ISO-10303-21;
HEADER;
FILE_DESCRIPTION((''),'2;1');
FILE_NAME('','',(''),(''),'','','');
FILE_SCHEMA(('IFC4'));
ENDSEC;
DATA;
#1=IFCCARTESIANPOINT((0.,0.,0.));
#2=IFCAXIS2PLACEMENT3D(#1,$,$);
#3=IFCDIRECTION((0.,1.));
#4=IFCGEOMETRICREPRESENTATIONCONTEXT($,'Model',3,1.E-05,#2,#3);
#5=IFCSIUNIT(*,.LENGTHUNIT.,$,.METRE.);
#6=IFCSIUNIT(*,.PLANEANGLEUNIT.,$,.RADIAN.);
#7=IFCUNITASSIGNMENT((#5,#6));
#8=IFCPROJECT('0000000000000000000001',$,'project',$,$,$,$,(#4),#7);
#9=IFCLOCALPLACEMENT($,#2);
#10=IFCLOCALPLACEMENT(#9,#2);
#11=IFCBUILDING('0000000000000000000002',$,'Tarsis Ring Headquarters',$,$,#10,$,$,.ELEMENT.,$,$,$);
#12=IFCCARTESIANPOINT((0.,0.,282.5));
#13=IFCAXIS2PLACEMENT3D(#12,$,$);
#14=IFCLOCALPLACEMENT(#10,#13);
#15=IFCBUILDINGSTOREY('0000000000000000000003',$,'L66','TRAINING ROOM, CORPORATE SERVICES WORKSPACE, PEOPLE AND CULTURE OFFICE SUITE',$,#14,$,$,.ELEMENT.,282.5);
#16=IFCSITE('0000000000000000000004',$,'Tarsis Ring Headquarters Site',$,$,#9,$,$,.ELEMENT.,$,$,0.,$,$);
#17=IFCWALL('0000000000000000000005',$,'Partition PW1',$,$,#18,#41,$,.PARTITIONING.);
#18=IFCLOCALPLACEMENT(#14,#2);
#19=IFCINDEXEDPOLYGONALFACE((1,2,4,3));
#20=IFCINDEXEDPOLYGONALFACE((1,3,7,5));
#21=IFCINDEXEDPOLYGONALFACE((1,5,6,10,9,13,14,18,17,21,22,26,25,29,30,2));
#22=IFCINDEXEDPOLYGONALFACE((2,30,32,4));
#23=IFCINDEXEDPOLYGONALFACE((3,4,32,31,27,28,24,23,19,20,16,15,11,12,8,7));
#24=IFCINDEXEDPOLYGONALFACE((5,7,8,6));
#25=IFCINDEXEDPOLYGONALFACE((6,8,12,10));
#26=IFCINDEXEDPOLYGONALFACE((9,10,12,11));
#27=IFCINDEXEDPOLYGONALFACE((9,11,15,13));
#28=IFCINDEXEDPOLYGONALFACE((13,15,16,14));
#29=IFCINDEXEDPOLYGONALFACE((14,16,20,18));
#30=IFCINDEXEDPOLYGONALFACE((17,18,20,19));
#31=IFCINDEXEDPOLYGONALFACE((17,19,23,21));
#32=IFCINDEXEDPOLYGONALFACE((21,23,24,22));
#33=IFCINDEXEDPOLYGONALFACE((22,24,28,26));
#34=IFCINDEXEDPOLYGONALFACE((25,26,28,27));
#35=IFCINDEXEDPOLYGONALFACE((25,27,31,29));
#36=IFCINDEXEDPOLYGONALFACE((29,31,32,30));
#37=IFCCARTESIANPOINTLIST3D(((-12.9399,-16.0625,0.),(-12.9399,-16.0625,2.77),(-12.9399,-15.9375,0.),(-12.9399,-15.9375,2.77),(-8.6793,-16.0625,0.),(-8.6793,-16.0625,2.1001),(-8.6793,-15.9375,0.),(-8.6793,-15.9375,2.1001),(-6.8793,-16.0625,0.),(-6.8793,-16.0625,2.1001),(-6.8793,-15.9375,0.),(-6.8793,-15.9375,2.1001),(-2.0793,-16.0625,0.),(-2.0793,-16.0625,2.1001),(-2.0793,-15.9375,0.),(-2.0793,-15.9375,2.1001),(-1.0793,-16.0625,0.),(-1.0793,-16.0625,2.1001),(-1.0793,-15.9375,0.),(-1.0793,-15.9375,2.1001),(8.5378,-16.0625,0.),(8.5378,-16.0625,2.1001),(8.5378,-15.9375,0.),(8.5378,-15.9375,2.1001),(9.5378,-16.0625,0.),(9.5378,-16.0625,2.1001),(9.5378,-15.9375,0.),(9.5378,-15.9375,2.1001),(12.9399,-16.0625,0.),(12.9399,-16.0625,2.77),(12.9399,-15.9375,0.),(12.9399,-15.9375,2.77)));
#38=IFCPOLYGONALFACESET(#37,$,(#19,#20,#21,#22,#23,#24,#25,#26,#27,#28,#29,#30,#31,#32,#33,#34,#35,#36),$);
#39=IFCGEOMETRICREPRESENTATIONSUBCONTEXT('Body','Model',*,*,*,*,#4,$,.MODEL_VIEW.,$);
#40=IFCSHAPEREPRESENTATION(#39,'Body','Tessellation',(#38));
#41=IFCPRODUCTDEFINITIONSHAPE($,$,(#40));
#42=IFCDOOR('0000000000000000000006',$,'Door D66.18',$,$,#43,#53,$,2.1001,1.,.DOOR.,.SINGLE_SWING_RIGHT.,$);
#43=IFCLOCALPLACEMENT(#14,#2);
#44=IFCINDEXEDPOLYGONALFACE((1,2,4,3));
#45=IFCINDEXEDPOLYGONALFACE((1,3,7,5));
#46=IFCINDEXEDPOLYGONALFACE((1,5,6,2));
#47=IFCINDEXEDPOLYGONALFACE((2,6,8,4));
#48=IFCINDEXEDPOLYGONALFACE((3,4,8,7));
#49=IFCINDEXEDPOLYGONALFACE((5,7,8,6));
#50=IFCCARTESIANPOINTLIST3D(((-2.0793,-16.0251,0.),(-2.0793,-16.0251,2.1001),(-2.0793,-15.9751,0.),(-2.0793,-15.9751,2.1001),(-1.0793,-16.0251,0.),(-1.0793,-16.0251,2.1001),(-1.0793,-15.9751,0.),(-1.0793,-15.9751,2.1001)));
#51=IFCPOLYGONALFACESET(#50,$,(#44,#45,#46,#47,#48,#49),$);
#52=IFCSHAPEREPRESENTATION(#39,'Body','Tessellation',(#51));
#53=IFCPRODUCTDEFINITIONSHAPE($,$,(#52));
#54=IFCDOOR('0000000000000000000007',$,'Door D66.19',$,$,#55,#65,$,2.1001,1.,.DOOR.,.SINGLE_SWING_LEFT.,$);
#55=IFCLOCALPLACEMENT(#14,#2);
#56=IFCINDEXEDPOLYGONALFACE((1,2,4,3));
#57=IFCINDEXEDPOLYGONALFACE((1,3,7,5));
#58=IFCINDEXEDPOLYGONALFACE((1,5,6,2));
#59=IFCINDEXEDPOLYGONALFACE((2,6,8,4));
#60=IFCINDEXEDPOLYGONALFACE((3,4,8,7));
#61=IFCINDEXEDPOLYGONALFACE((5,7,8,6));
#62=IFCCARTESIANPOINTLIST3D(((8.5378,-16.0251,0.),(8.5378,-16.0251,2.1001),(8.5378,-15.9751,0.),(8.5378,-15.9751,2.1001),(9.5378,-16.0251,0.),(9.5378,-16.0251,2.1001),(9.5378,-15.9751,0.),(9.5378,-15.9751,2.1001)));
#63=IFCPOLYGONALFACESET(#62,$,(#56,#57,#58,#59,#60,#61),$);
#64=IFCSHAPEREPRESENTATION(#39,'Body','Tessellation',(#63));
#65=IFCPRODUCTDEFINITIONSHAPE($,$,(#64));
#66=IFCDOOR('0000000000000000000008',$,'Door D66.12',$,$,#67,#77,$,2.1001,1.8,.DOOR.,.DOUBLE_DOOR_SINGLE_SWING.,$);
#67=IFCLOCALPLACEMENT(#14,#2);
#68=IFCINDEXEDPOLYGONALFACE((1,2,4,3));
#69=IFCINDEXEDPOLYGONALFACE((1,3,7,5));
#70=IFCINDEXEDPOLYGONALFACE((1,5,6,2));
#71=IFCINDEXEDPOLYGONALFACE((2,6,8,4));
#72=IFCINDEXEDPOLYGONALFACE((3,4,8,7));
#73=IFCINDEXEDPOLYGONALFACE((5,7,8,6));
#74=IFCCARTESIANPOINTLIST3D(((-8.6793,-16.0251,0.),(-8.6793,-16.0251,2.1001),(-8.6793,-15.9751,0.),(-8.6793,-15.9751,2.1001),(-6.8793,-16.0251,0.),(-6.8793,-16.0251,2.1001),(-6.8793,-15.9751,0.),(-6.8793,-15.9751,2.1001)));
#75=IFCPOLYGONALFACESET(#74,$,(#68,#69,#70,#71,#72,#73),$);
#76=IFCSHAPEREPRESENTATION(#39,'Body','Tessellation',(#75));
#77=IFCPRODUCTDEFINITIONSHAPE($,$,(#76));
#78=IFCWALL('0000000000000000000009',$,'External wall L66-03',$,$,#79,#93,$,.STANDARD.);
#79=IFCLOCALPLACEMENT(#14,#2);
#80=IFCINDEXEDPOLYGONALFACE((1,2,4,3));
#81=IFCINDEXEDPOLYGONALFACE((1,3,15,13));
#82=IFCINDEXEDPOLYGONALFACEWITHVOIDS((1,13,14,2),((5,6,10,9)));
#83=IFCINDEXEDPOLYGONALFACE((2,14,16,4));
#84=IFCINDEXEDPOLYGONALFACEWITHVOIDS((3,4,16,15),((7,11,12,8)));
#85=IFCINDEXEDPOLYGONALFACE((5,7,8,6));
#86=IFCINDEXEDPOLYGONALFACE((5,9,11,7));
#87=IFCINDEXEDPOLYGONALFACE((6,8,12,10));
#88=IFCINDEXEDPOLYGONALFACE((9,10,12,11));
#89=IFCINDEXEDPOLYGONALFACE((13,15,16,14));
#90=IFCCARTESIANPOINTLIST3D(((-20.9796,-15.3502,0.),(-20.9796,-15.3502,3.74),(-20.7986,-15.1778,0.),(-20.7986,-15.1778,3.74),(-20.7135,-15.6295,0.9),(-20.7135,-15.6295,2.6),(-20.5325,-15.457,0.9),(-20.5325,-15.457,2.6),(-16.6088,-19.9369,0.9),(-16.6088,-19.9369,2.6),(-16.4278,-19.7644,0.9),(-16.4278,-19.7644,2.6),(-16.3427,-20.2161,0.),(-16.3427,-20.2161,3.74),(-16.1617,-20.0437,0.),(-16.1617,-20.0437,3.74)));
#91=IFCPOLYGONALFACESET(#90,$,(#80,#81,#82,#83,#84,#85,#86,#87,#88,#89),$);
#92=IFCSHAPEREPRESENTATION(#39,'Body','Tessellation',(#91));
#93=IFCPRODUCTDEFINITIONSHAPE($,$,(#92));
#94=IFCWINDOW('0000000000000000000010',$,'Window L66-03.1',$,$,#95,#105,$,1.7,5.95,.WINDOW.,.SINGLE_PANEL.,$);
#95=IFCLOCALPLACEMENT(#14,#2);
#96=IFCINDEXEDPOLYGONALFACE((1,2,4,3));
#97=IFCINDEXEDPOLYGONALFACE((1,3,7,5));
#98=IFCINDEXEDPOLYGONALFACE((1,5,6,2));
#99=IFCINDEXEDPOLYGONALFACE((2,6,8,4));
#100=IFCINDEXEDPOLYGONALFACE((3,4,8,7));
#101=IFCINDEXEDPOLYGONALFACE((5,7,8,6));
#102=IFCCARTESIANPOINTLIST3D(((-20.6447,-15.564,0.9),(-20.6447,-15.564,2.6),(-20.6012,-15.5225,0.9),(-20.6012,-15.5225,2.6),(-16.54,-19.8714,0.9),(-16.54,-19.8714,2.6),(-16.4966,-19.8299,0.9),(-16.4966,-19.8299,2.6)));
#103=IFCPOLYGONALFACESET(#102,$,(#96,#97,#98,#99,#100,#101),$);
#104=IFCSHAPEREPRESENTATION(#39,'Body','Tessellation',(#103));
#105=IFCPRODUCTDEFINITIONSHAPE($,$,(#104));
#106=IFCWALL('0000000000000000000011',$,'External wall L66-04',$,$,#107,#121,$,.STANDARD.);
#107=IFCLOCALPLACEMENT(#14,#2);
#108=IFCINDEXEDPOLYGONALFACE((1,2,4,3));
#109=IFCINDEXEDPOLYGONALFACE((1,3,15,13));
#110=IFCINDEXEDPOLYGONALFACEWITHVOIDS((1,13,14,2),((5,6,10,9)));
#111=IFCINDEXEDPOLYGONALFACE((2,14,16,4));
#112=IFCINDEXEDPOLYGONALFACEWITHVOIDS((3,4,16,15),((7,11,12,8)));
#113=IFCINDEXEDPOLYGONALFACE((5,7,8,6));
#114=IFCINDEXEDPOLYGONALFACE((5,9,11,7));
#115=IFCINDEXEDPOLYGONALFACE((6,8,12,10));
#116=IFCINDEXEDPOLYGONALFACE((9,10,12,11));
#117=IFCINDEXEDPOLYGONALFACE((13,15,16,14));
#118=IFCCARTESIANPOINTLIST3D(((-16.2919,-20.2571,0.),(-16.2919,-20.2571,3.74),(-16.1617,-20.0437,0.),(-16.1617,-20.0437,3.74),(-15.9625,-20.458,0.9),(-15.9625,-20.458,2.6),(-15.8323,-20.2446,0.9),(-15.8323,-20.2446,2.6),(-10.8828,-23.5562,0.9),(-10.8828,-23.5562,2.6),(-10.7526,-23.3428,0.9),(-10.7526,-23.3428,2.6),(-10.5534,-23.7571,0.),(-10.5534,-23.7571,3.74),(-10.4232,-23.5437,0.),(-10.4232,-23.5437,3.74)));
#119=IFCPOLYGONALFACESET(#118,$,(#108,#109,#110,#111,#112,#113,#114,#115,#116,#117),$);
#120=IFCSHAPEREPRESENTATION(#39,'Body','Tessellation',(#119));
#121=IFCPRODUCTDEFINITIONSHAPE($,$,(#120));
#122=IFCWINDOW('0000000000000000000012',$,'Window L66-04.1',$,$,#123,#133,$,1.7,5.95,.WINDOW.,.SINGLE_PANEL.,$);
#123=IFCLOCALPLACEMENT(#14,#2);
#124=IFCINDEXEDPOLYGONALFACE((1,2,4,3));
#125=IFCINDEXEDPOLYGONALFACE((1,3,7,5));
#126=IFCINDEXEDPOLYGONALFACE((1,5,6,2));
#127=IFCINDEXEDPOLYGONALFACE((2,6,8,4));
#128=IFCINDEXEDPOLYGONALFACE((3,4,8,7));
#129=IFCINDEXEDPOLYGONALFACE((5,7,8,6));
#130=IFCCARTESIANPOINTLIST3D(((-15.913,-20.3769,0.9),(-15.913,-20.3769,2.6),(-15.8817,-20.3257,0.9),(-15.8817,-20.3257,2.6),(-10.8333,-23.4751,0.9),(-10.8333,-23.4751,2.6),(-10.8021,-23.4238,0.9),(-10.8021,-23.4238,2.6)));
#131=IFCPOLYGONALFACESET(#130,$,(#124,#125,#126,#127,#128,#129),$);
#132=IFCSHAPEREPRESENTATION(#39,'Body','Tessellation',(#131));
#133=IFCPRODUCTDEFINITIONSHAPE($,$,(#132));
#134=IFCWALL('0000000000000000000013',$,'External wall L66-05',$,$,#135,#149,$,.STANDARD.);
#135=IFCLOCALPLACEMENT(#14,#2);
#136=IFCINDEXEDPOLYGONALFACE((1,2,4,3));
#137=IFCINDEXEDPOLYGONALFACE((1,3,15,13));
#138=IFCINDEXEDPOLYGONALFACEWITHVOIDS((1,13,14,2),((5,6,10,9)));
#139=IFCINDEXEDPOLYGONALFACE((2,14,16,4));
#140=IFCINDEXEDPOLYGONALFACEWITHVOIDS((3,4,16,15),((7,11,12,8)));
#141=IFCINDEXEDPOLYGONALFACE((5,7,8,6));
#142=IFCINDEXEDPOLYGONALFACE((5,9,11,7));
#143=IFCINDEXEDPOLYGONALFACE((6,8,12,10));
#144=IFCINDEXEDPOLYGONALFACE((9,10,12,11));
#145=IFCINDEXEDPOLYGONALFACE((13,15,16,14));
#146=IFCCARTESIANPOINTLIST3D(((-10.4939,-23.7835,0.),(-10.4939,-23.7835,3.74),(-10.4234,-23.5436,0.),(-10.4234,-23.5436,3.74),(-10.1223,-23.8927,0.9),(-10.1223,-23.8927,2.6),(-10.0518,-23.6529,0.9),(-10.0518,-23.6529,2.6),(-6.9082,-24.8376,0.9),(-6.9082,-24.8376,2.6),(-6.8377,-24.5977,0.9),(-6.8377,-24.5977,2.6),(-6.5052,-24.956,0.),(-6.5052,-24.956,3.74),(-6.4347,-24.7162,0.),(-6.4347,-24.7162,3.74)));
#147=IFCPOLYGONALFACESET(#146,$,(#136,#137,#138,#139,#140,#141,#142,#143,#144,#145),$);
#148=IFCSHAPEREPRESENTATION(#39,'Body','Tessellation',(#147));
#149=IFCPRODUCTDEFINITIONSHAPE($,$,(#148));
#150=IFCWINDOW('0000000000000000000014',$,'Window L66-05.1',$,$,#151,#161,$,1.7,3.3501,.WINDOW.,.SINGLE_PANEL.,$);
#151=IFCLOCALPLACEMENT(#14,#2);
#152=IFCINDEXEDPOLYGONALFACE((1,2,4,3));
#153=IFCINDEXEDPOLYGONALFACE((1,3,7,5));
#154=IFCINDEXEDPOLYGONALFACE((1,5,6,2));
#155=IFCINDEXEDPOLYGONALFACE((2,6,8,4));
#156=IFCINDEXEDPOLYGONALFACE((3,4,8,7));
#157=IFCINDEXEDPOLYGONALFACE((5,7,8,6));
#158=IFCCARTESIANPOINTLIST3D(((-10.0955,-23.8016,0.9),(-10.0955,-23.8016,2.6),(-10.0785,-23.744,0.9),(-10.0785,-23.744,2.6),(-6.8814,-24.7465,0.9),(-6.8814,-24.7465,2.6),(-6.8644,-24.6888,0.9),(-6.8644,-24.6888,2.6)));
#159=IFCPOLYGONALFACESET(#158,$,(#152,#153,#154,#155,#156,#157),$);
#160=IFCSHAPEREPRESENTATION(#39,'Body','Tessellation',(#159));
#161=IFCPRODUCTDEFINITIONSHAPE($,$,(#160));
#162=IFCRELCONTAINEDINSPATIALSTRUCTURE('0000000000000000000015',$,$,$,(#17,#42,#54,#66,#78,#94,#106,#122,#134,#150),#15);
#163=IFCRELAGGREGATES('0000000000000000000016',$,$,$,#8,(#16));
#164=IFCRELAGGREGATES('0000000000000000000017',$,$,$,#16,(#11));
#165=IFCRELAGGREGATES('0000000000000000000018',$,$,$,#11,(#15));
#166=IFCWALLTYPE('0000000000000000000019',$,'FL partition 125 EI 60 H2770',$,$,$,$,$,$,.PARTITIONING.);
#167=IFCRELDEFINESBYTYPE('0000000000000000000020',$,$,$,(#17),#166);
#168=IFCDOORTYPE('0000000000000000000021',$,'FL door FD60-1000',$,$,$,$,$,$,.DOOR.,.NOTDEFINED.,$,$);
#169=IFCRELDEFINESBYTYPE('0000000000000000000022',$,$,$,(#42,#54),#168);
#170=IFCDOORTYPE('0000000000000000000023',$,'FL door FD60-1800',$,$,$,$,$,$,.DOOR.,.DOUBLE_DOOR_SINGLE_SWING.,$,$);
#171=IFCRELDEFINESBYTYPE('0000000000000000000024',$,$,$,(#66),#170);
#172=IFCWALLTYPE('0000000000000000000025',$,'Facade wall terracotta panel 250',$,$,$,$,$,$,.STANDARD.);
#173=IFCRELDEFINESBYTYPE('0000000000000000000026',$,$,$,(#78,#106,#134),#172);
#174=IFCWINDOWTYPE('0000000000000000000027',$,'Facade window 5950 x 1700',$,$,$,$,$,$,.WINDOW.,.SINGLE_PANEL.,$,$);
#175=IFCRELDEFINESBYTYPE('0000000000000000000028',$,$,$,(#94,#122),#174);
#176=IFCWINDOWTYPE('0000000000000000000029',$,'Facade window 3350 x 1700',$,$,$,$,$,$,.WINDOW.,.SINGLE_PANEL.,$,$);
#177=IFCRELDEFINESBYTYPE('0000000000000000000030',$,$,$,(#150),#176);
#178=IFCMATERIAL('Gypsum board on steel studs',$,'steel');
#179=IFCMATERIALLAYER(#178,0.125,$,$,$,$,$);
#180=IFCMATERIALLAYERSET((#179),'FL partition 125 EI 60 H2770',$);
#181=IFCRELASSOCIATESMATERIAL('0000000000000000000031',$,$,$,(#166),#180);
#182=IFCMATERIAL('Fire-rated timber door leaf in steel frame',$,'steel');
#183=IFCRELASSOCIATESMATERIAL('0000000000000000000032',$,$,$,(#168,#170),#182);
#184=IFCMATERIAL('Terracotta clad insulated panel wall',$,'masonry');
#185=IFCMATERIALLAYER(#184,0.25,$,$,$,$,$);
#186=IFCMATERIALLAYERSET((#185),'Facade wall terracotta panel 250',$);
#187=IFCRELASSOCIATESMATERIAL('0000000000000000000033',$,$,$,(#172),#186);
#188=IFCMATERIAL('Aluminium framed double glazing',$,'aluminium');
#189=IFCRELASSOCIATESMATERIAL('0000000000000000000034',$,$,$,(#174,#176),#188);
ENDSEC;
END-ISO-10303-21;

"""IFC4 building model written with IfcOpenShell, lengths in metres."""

from ifc_helpers import new_model, si_unit, direction, frame, frame_2d, origin, place, context, subcontext, project, spatial, rectangle, extrude, material, layer, layer_set, type_object, element, fill, save


model = new_model("IFC4")

# Units and contexts
model_context = context("Model", 3, precision=1e-05, world=origin(), true_north=direction((0.0, 1.0)))
body_context = subcontext(model_context, "Body", "Model", "MODEL_VIEW")
ifc_project = project(units=[si_unit("LENGTHUNIT", "METRE"), si_unit("PLANEANGLEUNIT", "RADIAN")], contexts=[model_context])

# Site, building, storey
site_placement = place(None, origin())
site = spatial("IfcSite", under=ifc_project, at=site_placement, Name="Tarsis Ring Headquarters Site", CompositionType="ELEMENT", RefElevation=0.0)
building_placement = place(site_placement, origin())
building = spatial("IfcBuilding", under=site, at=building_placement, Name="Tarsis Ring Headquarters", CompositionType="ELEMENT")
storey_placement = place(building_placement, frame((0.0, 0.0, 282.5)))
storey = spatial("IfcBuildingStorey", under=building, at=storey_placement, Name="L66", Description="TRAINING ROOM, CORPORATE SERVICES WORKSPACE, PEOPLE AND CULTURE OFFICE SUITE", CompositionType="ELEMENT", Elevation=282.5)

# Shared definitions
ifc_material_1 = material(Name="Gypsum board on steel studs", Category="steel")

# Wall, openings, doors
ifc_layer_1 = layer(ifc_material_1, 0.125)
ifc_layer_set_1 = layer_set([ifc_layer_1], Name="FL partition 125 EI 60 H2770")
wall_type_1 = type_object("IfcWallType", Name="FL partition 125 EI 60 H2770", PredefinedType="PARTITIONING", material=ifc_layer_set_1)
ifc_material_2 = material(Name="Fire-rated timber door leaf in steel frame", Category="steel")
door_type_1 = type_object("IfcDoorType", Name="FL door FD60-1000", OperationType="NOTDEFINED", PredefinedType="DOOR", material=ifc_material_2)
door_type_2 = type_object("IfcDoorType", Name="FL door FD60-1800", OperationType="DOUBLE_DOOR_SINGLE_SWING", PredefinedType="DOOR", material=ifc_material_2)
wall_1_placement = place(storey_placement, frame((-12.9399, -16.0, 0.0), z_axis=(0.0, 0.0, 1.0), x_axis=(1.0, 0.0, 0.0)))
wall_1 = element("IfcWall", 1, at=wall_1_placement, inside=storey, type_object=wall_type_1, Name="Partition PW1", PredefinedType="PARTITIONING", context=body_context, shape_type="SweptSolid", body=[
    extrude(rectangle(XDim=25.8799, YDim=0.125, at=frame_2d((12.9399, 0.0))), origin(), (0.0, 0.0, 1.0), 2.77),
])
opening_1_placement = place(wall_1_placement, frame((4.2607, 0.0, 0.0)))
opening_1 = element("IfcOpeningElement", 2, at=opening_1_placement, cuts=wall_1, PredefinedType="OPENING", context=body_context, shape_type="SweptSolid", body=[
    extrude(rectangle(XDim=1.8, YDim=2.1001, at=frame_2d((0.8999, 1.05))), frame((0.0, 0.0725, 0.0), z_axis=(0.0, -1.0, 0.0), x_axis=(1.0, 0.0, 0.0)), (0.0, 0.0, 1.0), 0.145),
])
opening_2_placement = place(wall_1_placement, frame((10.8606, 0.0, 0.0)))
opening_2 = element("IfcOpeningElement", 3, at=opening_2_placement, cuts=wall_1, PredefinedType="OPENING", context=body_context, shape_type="SweptSolid", body=[
    extrude(rectangle(XDim=1.0, YDim=2.1001, at=frame_2d((0.5, 1.05))), frame((0.0, 0.0725, 0.0), z_axis=(0.0, -1.0, 0.0), x_axis=(1.0, 0.0, 0.0)), (0.0, 0.0, 1.0), 0.145),
])
opening_3_placement = place(wall_1_placement, frame((21.4778, 0.0, 0.0)))
opening_3 = element("IfcOpeningElement", 4, at=opening_3_placement, cuts=wall_1, PredefinedType="OPENING", context=body_context, shape_type="SweptSolid", body=[
    extrude(rectangle(XDim=1.0, YDim=2.1001, at=frame_2d((0.5, 1.05))), frame((0.0, 0.0725, 0.0), z_axis=(0.0, -1.0, 0.0), x_axis=(1.0, 0.0, 0.0)), (0.0, 0.0, 1.0), 0.145),
])
door_1_placement = place(opening_2_placement, origin())
door_1 = element("IfcDoor", 5, at=door_1_placement, inside=storey, type_object=door_type_1, Name="Door D66.18", OperationType="SINGLE_SWING_RIGHT", OverallHeight=2.1001, OverallWidth=1.0, PredefinedType="DOOR", context=body_context, shape_type="SweptSolid", body=[
    extrude(rectangle(XDim=1.0, YDim=2.1001, at=frame_2d((0.5, 1.05))), frame((0.0, 0.0249, 0.0), z_axis=(0.0, -1.0, 0.0), x_axis=(1.0, 0.0, 0.0)), (0.0, 0.0, 1.0), 0.05),
])
fill(opening_2, door_1)
door_2_placement = place(opening_3_placement, origin())
door_2 = element("IfcDoor", 6, at=door_2_placement, inside=storey, type_object=door_type_1, Name="Door D66.19", OperationType="SINGLE_SWING_LEFT", OverallHeight=2.1001, OverallWidth=1.0, PredefinedType="DOOR", context=body_context, shape_type="SweptSolid", body=[
    extrude(rectangle(XDim=1.0, YDim=2.1001, at=frame_2d((0.5, 1.05))), frame((0.0, 0.0249, 0.0), z_axis=(0.0, -1.0, 0.0), x_axis=(1.0, 0.0, 0.0)), (0.0, 0.0, 1.0), 0.05),
])
fill(opening_3, door_2)
door_3_placement = place(opening_1_placement, origin())
door_3 = element("IfcDoor", 7, at=door_3_placement, inside=storey, type_object=door_type_2, Name="Door D66.12", OperationType="DOUBLE_DOOR_SINGLE_SWING", OverallHeight=2.1001, OverallWidth=1.8, PredefinedType="DOOR", context=body_context, shape_type="SweptSolid", body=[
    extrude(rectangle(XDim=1.8, YDim=2.1001, at=frame_2d((0.8999, 1.05))), frame((0.0, 0.0249, 0.0), z_axis=(0.0, -1.0, 0.0), x_axis=(1.0, 0.0, 0.0)), (0.0, 0.0, 1.0), 0.05),
])
fill(opening_1, door_3)

# Walls, openings, windows
ifc_material_3 = material(Name="Terracotta clad insulated panel wall", Category="masonry")
ifc_layer_2 = layer(ifc_material_3, 0.25)
ifc_layer_set_2 = layer_set([ifc_layer_2], Name="Facade wall terracotta panel 250")
wall_type_2 = type_object("IfcWallType", Name="Facade wall terracotta panel 250", PredefinedType="STANDARD", material=ifc_layer_set_2)
wall_2_placement = place(storey_placement, frame((-20.8892, -15.2639, 0.0), z_axis=(0.0, 0.0, 1.0), x_axis=(0.689866, -0.723937, 0.0)))
wall_2 = element("IfcWall", 8, at=wall_2_placement, inside=storey, type_object=wall_type_2, Name="External wall L66-03", PredefinedType="STANDARD", context=body_context, shape_type="SweptSolid", body=[
    extrude(rectangle(XDim=6.7214, YDim=0.25, at=frame_2d((3.3608, 0.0))), origin(), (0.0, 0.0, 1.0), 3.74),
])
opening_4_placement = place(wall_2_placement, frame((0.3857, 0.0, 0.8999)))
opening_4 = element("IfcOpeningElement", 9, at=opening_4_placement, cuts=wall_2, PredefinedType="OPENING", context=body_context, shape_type="SweptSolid", body=[
    extrude(rectangle(XDim=5.95, YDim=1.7, at=frame_2d((2.9751, 0.8501))), frame((0.0, 0.135, 0.0), z_axis=(0.0, -1.0, 0.0), x_axis=(1.0, 0.0, 0.0)), (0.0, 0.0, 1.0), 0.27),
])
ifc_material_4 = material(Name="Aluminium framed double glazing", Category="aluminium")
window_type_1 = type_object("IfcWindowType", Name="Facade window 5950 x 1700", PartitioningType="SINGLE_PANEL", PredefinedType="WINDOW", material=ifc_material_4)
window_1_placement = place(opening_4_placement, origin())
window_1 = element("IfcWindow", 10, at=window_1_placement, inside=storey, type_object=window_type_1, Name="Window L66-03.1", OverallHeight=1.7, OverallWidth=5.95, PartitioningType="SINGLE_PANEL", PredefinedType="WINDOW", context=body_context, shape_type="SweptSolid", body=[
    extrude(rectangle(XDim=5.95, YDim=1.7, at=frame_2d((2.9751, 0.8501))), frame((0.0, 0.03, 0.0), z_axis=(0.0, -1.0, 0.0), x_axis=(1.0, 0.0, 0.0)), (0.0, 0.0, 1.0), 0.0601),
])
fill(opening_4, window_1)
wall_3_placement = place(storey_placement, frame((-16.2268, -20.1504, 0.0), z_axis=(0.0, 0.0, 1.0), x_axis=(0.853737, -0.520705, 0.0)))
wall_3 = element("IfcWall", 11, at=wall_3_placement, inside=storey, type_object=wall_type_2, Name="External wall L66-04", PredefinedType="STANDARD", context=body_context, shape_type="SweptSolid", body=[
    extrude(rectangle(XDim=6.7217, YDim=0.25, at=frame_2d((3.3608, 0.0))), origin(), (0.0, 0.0, 1.0), 3.74),
])
opening_5_placement = place(wall_3_placement, frame((0.3857, 0.0, 0.8999)))
opening_5 = element("IfcOpeningElement", 12, at=opening_5_placement, cuts=wall_3, PredefinedType="OPENING", context=body_context, shape_type="SweptSolid", body=[
    extrude(rectangle(XDim=5.95, YDim=1.7, at=frame_2d((2.9751, 0.8501))), frame((0.0, 0.135, 0.0), z_axis=(0.0, -1.0, 0.0), x_axis=(1.0, 0.0, 0.0)), (0.0, 0.0, 1.0), 0.27),
])
window_2_placement = place(opening_5_placement, origin())
window_2 = element("IfcWindow", 13, at=window_2_placement, inside=storey, type_object=window_type_1, Name="Window L66-04.1", OverallHeight=1.7, OverallWidth=5.95, PartitioningType="SINGLE_PANEL", PredefinedType="WINDOW", context=body_context, shape_type="SweptSolid", body=[
    extrude(rectangle(XDim=5.95, YDim=1.7, at=frame_2d((2.9751, 0.8501))), frame((0.0, 0.03, 0.0), z_axis=(0.0, -1.0, 0.0), x_axis=(1.0, 0.0, 0.0)), (0.0, 0.0, 1.0), 0.0601),
])
fill(opening_5, window_2)
wall_4_placement = place(storey_placement, frame((-10.4585, -23.6636, 0.0), z_axis=(0.0, 0.0, 1.0), x_axis=(0.959402, -0.282042, 0.0)))
wall_4 = element("IfcWall", 14, at=wall_4_placement, inside=storey, type_object=wall_type_2, Name="External wall L66-05", PredefinedType="STANDARD", context=body_context, shape_type="SweptSolid", body=[
    extrude(rectangle(XDim=4.1575, YDim=0.25, at=frame_2d((2.0786, 0.0))), origin(), (0.0, 0.0, 1.0), 3.74),
])
opening_6_placement = place(wall_4_placement, frame((0.3872, 0.0, 0.8999)))
opening_6 = element("IfcOpeningElement", 15, at=opening_6_placement, cuts=wall_4, PredefinedType="OPENING", context=body_context, shape_type="SweptSolid", body=[
    extrude(rectangle(XDim=3.3501, YDim=1.7, at=frame_2d((1.675, 0.8501))), frame((0.0, 0.135, 0.0), z_axis=(0.0, -1.0, 0.0), x_axis=(1.0, 0.0, 0.0)), (0.0, 0.0, 1.0), 0.27),
])
window_type_2 = type_object("IfcWindowType", Name="Facade window 3350 x 1700", PartitioningType="SINGLE_PANEL", PredefinedType="WINDOW", material=ifc_material_4)
window_3_placement = place(opening_6_placement, origin())
window_3 = element("IfcWindow", 16, at=window_3_placement, inside=storey, type_object=window_type_2, Name="Window L66-05.1", OverallHeight=1.7, OverallWidth=3.3501, PartitioningType="SINGLE_PANEL", PredefinedType="WINDOW", context=body_context, shape_type="SweptSolid", body=[
    extrude(rectangle(XDim=3.3501, YDim=1.7, at=frame_2d((1.675, 0.8501))), frame((0.0, 0.03, 0.0), z_axis=(0.0, -1.0, 0.0), x_axis=(1.0, 0.0, 0.0)), (0.0, 0.0, 1.0), 0.0601),
])
fill(opening_6, window_3)

save(model, "model.ifc")
